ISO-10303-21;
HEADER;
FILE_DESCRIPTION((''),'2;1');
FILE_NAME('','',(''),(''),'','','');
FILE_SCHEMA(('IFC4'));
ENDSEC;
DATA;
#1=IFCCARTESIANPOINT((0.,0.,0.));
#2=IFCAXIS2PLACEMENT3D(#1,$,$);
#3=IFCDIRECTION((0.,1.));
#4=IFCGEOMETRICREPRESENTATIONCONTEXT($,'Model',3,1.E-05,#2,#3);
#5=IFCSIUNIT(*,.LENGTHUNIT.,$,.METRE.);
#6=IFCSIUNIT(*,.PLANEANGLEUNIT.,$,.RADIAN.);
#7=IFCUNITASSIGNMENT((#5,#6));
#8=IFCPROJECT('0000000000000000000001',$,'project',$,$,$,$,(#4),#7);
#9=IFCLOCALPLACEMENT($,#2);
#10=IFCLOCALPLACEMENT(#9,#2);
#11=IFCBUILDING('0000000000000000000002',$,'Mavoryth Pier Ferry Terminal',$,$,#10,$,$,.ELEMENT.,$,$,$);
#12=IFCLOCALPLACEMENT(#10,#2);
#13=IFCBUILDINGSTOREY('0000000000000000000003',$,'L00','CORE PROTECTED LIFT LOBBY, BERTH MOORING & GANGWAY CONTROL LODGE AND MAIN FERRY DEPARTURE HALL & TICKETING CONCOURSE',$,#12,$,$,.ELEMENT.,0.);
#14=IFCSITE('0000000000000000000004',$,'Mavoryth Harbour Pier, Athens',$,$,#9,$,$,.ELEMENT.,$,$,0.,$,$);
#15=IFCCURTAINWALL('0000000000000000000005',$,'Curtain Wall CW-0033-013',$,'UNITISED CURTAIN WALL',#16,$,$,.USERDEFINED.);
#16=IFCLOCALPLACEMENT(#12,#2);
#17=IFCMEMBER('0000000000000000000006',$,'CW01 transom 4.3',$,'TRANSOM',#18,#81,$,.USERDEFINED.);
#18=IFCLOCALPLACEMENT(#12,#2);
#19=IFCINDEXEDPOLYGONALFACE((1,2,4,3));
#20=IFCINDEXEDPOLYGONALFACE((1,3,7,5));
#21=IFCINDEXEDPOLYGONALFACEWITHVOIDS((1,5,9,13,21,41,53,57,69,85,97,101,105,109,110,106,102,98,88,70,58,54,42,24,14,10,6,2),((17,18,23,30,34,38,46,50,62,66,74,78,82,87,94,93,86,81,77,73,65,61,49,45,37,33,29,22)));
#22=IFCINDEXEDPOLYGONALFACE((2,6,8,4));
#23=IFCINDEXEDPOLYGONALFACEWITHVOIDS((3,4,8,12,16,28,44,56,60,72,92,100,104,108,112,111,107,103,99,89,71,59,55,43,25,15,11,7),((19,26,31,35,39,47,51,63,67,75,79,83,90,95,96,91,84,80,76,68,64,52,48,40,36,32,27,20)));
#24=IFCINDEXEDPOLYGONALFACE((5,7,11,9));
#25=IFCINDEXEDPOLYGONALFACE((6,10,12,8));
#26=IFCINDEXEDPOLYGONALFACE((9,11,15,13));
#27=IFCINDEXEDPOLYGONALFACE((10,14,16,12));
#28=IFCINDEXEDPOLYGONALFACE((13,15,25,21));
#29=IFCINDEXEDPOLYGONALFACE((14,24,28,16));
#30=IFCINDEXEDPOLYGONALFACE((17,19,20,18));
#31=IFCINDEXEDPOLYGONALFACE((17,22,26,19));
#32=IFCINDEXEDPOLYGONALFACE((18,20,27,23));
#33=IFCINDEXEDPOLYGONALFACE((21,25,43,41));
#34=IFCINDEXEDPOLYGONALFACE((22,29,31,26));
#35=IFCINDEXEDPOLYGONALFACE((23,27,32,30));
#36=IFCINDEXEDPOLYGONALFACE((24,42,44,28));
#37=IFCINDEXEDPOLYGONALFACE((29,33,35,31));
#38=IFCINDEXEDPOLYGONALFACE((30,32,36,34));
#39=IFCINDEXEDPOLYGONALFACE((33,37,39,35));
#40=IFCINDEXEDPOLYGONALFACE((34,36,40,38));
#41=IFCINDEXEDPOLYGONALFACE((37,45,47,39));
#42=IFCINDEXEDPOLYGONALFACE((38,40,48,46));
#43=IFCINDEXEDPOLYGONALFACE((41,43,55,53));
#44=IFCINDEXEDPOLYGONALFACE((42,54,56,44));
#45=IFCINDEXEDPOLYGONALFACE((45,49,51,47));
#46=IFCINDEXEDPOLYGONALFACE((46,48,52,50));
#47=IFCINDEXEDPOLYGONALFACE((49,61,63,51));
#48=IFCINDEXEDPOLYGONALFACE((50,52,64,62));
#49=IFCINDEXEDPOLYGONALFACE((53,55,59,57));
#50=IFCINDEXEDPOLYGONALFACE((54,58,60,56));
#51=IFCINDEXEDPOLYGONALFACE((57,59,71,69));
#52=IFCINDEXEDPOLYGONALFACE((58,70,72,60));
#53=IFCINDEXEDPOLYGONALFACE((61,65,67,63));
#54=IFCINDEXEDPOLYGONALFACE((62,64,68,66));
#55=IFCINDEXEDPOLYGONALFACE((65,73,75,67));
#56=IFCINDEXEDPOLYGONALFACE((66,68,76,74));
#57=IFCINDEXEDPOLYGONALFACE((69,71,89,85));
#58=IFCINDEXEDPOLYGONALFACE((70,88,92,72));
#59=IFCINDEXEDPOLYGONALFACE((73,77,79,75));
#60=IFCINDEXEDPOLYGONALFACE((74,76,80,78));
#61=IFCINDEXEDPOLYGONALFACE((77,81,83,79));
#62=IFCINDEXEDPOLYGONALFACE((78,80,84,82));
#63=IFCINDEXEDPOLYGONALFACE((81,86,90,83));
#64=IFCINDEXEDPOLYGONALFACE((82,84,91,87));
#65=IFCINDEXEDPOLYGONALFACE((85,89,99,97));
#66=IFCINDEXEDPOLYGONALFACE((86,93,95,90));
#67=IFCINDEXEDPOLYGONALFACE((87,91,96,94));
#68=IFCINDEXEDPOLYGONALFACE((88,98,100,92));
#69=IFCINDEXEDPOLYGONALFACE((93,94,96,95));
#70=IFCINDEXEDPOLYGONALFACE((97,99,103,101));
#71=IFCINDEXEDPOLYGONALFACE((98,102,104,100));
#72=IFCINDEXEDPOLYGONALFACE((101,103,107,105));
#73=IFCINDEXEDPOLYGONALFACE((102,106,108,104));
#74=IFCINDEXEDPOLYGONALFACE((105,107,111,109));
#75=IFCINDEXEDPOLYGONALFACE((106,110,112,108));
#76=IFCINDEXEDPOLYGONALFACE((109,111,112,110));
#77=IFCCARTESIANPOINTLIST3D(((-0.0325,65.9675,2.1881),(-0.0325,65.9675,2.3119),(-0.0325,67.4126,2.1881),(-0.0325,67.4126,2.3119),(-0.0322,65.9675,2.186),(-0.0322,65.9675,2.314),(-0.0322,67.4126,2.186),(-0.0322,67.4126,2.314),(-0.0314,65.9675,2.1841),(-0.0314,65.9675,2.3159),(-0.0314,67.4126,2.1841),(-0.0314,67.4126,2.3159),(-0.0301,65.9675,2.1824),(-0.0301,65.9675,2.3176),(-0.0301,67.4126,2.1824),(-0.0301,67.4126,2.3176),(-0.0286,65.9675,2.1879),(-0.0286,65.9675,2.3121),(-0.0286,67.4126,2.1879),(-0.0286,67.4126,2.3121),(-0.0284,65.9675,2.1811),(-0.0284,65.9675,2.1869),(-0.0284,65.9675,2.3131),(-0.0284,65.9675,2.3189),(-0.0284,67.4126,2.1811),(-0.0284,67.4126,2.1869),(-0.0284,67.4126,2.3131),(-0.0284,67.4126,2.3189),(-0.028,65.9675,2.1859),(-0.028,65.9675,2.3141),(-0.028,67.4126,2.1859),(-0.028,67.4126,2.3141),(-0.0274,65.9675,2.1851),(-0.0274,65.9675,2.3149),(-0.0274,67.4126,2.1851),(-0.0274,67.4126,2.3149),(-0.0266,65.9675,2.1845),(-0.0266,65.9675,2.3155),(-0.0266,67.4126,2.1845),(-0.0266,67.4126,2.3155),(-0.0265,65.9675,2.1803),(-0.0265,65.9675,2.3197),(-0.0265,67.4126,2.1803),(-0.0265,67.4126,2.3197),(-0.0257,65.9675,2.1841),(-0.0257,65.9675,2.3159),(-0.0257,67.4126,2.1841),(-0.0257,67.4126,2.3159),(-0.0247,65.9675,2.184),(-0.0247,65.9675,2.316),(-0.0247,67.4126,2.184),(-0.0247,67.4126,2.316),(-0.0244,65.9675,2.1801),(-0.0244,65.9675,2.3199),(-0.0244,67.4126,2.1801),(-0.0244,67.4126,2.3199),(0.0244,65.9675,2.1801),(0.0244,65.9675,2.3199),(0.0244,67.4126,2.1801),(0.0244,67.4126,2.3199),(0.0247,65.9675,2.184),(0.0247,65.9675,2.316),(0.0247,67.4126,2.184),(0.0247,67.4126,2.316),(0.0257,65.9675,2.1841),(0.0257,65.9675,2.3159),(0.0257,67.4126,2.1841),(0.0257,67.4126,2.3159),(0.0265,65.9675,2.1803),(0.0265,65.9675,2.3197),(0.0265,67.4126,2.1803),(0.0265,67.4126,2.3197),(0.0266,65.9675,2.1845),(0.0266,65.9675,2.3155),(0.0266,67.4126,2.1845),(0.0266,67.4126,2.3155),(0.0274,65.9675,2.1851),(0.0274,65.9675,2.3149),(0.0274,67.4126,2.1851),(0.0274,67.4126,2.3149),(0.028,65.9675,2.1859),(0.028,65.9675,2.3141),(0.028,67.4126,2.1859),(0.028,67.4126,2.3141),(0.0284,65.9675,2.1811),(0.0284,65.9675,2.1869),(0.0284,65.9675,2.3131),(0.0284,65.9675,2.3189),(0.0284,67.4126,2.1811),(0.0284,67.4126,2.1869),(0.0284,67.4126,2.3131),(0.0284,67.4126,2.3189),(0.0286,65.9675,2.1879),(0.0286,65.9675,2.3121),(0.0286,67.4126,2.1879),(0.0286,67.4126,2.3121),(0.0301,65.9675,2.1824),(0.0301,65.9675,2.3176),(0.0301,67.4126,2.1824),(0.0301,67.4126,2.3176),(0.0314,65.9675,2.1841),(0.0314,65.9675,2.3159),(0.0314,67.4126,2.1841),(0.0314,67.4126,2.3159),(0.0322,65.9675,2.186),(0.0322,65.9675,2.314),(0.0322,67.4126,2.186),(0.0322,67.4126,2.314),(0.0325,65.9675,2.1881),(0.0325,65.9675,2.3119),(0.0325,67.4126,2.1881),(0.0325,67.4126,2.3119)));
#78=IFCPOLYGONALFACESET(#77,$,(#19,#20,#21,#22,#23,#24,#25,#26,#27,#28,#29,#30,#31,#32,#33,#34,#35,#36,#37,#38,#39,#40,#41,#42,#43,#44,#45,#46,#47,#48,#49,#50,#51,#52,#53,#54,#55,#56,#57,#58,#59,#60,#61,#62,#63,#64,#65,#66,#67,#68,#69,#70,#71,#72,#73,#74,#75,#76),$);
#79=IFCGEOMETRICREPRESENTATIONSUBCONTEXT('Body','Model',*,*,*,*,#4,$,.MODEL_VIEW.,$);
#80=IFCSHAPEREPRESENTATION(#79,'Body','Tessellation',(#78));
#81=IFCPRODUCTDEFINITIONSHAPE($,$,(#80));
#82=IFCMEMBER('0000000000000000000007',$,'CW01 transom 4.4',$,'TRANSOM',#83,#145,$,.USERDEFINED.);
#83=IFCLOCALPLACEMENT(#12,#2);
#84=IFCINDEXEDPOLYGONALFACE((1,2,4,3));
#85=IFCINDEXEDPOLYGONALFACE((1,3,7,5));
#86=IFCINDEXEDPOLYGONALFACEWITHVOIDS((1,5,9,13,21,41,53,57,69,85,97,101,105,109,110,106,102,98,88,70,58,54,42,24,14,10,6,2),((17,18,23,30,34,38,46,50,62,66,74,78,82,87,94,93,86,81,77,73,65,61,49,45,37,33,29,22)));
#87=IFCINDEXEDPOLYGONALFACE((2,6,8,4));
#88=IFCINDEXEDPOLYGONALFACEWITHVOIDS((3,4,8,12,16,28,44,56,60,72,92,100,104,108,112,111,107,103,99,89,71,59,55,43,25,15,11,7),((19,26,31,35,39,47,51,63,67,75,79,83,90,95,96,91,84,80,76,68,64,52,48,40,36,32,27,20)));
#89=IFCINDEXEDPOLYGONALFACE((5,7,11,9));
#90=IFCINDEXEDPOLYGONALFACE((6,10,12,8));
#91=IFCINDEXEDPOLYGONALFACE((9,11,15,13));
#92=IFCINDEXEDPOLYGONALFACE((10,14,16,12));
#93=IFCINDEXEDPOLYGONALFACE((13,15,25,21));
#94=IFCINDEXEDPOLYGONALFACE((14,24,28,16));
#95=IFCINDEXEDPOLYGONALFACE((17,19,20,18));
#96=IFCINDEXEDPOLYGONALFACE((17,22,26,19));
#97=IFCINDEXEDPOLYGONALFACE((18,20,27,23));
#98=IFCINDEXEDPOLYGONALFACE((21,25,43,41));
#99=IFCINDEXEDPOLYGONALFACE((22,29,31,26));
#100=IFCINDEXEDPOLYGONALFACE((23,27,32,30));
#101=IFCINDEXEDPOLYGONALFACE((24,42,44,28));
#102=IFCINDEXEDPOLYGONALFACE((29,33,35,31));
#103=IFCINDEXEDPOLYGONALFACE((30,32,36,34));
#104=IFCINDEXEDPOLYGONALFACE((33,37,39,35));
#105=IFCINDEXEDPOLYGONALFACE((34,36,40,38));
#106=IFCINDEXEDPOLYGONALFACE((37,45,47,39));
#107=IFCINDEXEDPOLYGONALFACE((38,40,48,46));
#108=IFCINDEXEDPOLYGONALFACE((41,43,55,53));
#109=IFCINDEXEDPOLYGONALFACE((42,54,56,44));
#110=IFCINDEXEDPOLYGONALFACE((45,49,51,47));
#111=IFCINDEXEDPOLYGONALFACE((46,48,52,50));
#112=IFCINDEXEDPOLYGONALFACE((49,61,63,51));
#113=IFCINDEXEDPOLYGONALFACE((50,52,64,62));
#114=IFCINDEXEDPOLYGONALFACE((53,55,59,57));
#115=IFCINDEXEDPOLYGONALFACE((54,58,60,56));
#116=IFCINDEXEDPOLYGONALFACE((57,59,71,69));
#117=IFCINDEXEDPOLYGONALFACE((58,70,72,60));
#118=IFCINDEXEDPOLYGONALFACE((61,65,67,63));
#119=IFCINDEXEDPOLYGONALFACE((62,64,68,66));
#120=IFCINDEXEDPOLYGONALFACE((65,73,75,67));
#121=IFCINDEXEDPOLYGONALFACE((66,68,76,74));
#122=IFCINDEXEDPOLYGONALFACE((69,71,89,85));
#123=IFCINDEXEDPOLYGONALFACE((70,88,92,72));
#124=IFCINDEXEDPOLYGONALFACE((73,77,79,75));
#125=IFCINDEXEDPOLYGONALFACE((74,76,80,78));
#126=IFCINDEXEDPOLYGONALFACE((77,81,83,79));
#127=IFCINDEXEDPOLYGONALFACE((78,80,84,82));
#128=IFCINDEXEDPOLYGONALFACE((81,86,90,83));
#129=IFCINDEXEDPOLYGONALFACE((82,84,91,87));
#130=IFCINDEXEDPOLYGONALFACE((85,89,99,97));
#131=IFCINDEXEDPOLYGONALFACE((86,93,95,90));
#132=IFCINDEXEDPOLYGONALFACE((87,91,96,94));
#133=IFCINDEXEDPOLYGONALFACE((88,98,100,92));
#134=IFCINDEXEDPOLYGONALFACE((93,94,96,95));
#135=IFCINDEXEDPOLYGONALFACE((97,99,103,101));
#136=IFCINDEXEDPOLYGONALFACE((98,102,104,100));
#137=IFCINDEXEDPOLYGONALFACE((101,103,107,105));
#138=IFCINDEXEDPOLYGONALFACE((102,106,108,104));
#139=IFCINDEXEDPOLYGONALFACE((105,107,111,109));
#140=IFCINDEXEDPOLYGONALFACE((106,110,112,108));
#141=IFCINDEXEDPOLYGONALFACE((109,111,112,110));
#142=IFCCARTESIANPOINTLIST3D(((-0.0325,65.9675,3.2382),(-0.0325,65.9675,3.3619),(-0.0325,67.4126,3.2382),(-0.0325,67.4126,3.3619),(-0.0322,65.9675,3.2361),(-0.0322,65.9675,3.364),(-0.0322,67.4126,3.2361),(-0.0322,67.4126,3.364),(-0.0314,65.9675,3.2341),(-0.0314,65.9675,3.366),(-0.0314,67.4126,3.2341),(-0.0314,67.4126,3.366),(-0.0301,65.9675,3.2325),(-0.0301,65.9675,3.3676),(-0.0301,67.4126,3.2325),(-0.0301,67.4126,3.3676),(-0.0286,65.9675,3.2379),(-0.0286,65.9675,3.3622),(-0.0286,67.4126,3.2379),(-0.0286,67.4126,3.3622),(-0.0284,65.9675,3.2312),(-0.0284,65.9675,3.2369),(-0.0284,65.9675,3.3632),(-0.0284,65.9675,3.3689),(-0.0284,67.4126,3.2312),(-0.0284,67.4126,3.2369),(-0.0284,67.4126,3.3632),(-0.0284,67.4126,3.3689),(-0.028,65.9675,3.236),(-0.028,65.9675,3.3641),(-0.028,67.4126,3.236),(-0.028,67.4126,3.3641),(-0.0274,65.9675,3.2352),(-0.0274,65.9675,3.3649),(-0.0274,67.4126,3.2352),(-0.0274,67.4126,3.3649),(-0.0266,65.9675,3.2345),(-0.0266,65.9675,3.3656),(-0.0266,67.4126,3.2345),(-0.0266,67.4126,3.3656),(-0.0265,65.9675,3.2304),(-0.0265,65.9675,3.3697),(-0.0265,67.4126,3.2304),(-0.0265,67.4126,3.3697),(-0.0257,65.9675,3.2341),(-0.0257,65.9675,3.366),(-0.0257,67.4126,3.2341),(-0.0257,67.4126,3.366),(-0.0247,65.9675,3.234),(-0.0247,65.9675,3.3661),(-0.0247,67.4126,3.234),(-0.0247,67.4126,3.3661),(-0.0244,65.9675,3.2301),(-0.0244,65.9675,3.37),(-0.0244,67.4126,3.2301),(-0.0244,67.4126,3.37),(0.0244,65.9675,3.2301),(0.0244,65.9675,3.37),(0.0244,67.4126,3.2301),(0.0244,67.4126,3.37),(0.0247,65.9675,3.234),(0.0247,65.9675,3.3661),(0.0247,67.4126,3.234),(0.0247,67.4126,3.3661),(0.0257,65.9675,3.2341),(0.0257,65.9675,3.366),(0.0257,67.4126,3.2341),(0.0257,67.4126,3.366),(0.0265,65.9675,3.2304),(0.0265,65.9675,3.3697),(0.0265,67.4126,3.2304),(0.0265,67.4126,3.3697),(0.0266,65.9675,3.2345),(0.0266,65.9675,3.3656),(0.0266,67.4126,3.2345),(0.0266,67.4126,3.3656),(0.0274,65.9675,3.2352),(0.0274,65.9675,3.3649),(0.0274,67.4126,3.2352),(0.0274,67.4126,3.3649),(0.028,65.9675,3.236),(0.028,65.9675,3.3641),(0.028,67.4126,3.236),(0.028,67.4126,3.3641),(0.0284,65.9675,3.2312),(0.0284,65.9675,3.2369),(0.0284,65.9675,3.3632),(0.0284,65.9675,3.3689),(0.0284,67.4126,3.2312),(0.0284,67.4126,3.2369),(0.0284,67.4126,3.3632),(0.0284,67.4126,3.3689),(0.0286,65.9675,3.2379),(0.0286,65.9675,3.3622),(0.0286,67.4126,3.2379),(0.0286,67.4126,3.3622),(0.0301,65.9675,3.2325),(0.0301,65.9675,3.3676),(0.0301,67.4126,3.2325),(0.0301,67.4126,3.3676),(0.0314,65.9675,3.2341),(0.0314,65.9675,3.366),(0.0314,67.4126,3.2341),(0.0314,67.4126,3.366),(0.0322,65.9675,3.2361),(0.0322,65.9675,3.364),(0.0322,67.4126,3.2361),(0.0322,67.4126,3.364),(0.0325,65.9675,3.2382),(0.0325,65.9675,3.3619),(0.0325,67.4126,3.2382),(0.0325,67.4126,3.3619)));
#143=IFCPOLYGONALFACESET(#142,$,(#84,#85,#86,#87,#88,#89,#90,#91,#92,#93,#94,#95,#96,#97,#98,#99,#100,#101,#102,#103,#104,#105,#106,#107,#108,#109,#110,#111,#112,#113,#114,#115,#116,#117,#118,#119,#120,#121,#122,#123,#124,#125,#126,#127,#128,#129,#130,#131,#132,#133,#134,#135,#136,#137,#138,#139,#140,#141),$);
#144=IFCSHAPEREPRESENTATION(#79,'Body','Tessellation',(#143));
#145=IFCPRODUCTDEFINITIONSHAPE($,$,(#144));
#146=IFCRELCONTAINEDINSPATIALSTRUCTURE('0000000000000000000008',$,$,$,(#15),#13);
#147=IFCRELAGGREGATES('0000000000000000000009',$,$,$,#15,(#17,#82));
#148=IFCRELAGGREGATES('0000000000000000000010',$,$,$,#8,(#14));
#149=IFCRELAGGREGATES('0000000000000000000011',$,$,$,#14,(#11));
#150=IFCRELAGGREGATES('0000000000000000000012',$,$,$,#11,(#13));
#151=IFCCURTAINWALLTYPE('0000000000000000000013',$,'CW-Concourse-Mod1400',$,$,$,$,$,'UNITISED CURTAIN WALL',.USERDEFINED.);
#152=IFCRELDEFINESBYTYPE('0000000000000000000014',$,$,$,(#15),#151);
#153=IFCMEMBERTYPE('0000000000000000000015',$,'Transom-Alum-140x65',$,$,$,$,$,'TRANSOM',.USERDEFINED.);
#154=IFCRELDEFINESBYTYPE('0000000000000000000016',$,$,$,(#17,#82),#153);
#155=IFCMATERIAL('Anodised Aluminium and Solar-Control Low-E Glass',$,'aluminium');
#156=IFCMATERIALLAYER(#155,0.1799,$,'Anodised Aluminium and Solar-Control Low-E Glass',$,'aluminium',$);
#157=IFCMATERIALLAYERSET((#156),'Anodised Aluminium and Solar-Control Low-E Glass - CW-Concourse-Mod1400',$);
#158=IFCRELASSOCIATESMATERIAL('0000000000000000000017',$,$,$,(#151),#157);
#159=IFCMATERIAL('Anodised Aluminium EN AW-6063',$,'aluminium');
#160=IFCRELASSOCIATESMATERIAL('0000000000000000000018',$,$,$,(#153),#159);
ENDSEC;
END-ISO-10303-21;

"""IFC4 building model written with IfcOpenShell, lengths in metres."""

from ifc_helpers import new_model, si_unit, direction, frame, origin, origin_2d, place, context, subcontext, project, spatial, hollow_rectangle, extrude, material, layer, layer_set, material_profile, profile_set, type_object, element, aggregate, save


model = new_model("IFC4")

# Units and contexts
model_context = context("Model", 3, precision=1e-05, world=origin(), true_north=direction((0.0, 1.0)))
body_context = subcontext(model_context, "Body", "Model", "MODEL_VIEW")
ifc_project = project(units=[si_unit("LENGTHUNIT", "METRE"), si_unit("PLANEANGLEUNIT", "RADIAN")], contexts=[model_context])

# Site, building, storey
site_placement = place(None, origin())
site = spatial("IfcSite", under=ifc_project, at=site_placement, Name="Mavoryth Harbour Pier, Athens", CompositionType="ELEMENT", RefElevation=0.0)
building_placement = place(site_placement, origin())
building = spatial("IfcBuilding", under=site, at=building_placement, Name="Mavoryth Pier Ferry Terminal", CompositionType="ELEMENT")
storey_placement = place(building_placement, origin())
storey = spatial("IfcBuildingStorey", under=building, at=storey_placement, Name="L00", Description="CORE PROTECTED LIFT LOBBY, BERTH MOORING & GANGWAY CONTROL LODGE AND MAIN FERRY DEPARTURE HALL & TICKETING CONCOURSE", CompositionType="ELEMENT", Elevation=0.0)

# Curtain wall, members
ifc_material_1 = material(Name="Anodised Aluminium and Solar-Control Low-E Glass", Category="aluminium")
ifc_layer_1 = layer(ifc_material_1, 0.1799, Name="Anodised Aluminium and Solar-Control Low-E Glass", Category="aluminium")
ifc_layer_set_1 = layer_set([ifc_layer_1], Name="Anodised Aluminium and Solar-Control Low-E Glass - CW-Concourse-Mod1400")
curtain_wall_type = type_object("IfcCurtainWallType", Name="CW-Concourse-Mod1400", ElementType="UNITISED CURTAIN WALL", PredefinedType="USERDEFINED", material=ifc_layer_set_1)
curtain_wall_placement = place(storey_placement, origin())
curtain_wall = element("IfcCurtainWall", 1, at=curtain_wall_placement, inside=storey, type_object=curtain_wall_type, Name="Curtain Wall CW-0033-013", ObjectType="UNITISED CURTAIN WALL", PredefinedType="USERDEFINED")
ifc_material_2 = material(Name="Anodised Aluminium EN AW-6063", Category="aluminium")
ifc_material_profile_1 = material_profile(ifc_material_2, hollow_rectangle(XDim=0.0649, YDim=0.1399, WallThickness=0.0039, InnerFilletRadius=0.0039, OuterFilletRadius=0.0081, at=origin_2d()), Name="AL-TRAN 140x65x4", Category="aluminium")
ifc_profile_set_1 = profile_set([ifc_material_profile_1], Name="Anodised Aluminium EN AW-6063 - AL-TRAN 140x65x4")
member_type_1 = type_object("IfcMemberType", Name="Transom-Alum-140x65", ElementType="TRANSOM", PredefinedType="USERDEFINED", material=ifc_profile_set_1)
member_1_placement = place(storey_placement, frame((0.0, 67.4126, 2.25), z_axis=(0.0, -1.0, 0.0), x_axis=(1.0, 0.0, 0.0)))
member_1 = element("IfcMember", 2, at=member_1_placement, type_object=member_type_1, Name="CW01 transom 4.3", ObjectType="TRANSOM", PredefinedType="USERDEFINED", context=body_context, shape_type="SweptSolid", body=[
    extrude(hollow_rectangle(XDim=0.0649, YDim=0.1399, WallThickness=0.0039, InnerFilletRadius=0.0039, OuterFilletRadius=0.0081, at=origin_2d()), origin(), (0.0, 0.0, 1.0), 1.4451),
])
member_2_placement = place(storey_placement, frame((0.0, 67.4126, 3.3), z_axis=(0.0, -1.0, 0.0), x_axis=(1.0, 0.0, 0.0)))
member_2 = element("IfcMember", 3, at=member_2_placement, type_object=member_type_1, Name="CW01 transom 4.4", ObjectType="TRANSOM", PredefinedType="USERDEFINED", context=body_context, shape_type="SweptSolid", body=[
    extrude(hollow_rectangle(XDim=0.0649, YDim=0.1399, WallThickness=0.0039, InnerFilletRadius=0.0039, OuterFilletRadius=0.0081, at=origin_2d()), origin(), (0.0, 0.0, 1.0), 1.4451),
])
aggregate(curtain_wall, [member_1, member_2])

save(model, "model.ifc")
